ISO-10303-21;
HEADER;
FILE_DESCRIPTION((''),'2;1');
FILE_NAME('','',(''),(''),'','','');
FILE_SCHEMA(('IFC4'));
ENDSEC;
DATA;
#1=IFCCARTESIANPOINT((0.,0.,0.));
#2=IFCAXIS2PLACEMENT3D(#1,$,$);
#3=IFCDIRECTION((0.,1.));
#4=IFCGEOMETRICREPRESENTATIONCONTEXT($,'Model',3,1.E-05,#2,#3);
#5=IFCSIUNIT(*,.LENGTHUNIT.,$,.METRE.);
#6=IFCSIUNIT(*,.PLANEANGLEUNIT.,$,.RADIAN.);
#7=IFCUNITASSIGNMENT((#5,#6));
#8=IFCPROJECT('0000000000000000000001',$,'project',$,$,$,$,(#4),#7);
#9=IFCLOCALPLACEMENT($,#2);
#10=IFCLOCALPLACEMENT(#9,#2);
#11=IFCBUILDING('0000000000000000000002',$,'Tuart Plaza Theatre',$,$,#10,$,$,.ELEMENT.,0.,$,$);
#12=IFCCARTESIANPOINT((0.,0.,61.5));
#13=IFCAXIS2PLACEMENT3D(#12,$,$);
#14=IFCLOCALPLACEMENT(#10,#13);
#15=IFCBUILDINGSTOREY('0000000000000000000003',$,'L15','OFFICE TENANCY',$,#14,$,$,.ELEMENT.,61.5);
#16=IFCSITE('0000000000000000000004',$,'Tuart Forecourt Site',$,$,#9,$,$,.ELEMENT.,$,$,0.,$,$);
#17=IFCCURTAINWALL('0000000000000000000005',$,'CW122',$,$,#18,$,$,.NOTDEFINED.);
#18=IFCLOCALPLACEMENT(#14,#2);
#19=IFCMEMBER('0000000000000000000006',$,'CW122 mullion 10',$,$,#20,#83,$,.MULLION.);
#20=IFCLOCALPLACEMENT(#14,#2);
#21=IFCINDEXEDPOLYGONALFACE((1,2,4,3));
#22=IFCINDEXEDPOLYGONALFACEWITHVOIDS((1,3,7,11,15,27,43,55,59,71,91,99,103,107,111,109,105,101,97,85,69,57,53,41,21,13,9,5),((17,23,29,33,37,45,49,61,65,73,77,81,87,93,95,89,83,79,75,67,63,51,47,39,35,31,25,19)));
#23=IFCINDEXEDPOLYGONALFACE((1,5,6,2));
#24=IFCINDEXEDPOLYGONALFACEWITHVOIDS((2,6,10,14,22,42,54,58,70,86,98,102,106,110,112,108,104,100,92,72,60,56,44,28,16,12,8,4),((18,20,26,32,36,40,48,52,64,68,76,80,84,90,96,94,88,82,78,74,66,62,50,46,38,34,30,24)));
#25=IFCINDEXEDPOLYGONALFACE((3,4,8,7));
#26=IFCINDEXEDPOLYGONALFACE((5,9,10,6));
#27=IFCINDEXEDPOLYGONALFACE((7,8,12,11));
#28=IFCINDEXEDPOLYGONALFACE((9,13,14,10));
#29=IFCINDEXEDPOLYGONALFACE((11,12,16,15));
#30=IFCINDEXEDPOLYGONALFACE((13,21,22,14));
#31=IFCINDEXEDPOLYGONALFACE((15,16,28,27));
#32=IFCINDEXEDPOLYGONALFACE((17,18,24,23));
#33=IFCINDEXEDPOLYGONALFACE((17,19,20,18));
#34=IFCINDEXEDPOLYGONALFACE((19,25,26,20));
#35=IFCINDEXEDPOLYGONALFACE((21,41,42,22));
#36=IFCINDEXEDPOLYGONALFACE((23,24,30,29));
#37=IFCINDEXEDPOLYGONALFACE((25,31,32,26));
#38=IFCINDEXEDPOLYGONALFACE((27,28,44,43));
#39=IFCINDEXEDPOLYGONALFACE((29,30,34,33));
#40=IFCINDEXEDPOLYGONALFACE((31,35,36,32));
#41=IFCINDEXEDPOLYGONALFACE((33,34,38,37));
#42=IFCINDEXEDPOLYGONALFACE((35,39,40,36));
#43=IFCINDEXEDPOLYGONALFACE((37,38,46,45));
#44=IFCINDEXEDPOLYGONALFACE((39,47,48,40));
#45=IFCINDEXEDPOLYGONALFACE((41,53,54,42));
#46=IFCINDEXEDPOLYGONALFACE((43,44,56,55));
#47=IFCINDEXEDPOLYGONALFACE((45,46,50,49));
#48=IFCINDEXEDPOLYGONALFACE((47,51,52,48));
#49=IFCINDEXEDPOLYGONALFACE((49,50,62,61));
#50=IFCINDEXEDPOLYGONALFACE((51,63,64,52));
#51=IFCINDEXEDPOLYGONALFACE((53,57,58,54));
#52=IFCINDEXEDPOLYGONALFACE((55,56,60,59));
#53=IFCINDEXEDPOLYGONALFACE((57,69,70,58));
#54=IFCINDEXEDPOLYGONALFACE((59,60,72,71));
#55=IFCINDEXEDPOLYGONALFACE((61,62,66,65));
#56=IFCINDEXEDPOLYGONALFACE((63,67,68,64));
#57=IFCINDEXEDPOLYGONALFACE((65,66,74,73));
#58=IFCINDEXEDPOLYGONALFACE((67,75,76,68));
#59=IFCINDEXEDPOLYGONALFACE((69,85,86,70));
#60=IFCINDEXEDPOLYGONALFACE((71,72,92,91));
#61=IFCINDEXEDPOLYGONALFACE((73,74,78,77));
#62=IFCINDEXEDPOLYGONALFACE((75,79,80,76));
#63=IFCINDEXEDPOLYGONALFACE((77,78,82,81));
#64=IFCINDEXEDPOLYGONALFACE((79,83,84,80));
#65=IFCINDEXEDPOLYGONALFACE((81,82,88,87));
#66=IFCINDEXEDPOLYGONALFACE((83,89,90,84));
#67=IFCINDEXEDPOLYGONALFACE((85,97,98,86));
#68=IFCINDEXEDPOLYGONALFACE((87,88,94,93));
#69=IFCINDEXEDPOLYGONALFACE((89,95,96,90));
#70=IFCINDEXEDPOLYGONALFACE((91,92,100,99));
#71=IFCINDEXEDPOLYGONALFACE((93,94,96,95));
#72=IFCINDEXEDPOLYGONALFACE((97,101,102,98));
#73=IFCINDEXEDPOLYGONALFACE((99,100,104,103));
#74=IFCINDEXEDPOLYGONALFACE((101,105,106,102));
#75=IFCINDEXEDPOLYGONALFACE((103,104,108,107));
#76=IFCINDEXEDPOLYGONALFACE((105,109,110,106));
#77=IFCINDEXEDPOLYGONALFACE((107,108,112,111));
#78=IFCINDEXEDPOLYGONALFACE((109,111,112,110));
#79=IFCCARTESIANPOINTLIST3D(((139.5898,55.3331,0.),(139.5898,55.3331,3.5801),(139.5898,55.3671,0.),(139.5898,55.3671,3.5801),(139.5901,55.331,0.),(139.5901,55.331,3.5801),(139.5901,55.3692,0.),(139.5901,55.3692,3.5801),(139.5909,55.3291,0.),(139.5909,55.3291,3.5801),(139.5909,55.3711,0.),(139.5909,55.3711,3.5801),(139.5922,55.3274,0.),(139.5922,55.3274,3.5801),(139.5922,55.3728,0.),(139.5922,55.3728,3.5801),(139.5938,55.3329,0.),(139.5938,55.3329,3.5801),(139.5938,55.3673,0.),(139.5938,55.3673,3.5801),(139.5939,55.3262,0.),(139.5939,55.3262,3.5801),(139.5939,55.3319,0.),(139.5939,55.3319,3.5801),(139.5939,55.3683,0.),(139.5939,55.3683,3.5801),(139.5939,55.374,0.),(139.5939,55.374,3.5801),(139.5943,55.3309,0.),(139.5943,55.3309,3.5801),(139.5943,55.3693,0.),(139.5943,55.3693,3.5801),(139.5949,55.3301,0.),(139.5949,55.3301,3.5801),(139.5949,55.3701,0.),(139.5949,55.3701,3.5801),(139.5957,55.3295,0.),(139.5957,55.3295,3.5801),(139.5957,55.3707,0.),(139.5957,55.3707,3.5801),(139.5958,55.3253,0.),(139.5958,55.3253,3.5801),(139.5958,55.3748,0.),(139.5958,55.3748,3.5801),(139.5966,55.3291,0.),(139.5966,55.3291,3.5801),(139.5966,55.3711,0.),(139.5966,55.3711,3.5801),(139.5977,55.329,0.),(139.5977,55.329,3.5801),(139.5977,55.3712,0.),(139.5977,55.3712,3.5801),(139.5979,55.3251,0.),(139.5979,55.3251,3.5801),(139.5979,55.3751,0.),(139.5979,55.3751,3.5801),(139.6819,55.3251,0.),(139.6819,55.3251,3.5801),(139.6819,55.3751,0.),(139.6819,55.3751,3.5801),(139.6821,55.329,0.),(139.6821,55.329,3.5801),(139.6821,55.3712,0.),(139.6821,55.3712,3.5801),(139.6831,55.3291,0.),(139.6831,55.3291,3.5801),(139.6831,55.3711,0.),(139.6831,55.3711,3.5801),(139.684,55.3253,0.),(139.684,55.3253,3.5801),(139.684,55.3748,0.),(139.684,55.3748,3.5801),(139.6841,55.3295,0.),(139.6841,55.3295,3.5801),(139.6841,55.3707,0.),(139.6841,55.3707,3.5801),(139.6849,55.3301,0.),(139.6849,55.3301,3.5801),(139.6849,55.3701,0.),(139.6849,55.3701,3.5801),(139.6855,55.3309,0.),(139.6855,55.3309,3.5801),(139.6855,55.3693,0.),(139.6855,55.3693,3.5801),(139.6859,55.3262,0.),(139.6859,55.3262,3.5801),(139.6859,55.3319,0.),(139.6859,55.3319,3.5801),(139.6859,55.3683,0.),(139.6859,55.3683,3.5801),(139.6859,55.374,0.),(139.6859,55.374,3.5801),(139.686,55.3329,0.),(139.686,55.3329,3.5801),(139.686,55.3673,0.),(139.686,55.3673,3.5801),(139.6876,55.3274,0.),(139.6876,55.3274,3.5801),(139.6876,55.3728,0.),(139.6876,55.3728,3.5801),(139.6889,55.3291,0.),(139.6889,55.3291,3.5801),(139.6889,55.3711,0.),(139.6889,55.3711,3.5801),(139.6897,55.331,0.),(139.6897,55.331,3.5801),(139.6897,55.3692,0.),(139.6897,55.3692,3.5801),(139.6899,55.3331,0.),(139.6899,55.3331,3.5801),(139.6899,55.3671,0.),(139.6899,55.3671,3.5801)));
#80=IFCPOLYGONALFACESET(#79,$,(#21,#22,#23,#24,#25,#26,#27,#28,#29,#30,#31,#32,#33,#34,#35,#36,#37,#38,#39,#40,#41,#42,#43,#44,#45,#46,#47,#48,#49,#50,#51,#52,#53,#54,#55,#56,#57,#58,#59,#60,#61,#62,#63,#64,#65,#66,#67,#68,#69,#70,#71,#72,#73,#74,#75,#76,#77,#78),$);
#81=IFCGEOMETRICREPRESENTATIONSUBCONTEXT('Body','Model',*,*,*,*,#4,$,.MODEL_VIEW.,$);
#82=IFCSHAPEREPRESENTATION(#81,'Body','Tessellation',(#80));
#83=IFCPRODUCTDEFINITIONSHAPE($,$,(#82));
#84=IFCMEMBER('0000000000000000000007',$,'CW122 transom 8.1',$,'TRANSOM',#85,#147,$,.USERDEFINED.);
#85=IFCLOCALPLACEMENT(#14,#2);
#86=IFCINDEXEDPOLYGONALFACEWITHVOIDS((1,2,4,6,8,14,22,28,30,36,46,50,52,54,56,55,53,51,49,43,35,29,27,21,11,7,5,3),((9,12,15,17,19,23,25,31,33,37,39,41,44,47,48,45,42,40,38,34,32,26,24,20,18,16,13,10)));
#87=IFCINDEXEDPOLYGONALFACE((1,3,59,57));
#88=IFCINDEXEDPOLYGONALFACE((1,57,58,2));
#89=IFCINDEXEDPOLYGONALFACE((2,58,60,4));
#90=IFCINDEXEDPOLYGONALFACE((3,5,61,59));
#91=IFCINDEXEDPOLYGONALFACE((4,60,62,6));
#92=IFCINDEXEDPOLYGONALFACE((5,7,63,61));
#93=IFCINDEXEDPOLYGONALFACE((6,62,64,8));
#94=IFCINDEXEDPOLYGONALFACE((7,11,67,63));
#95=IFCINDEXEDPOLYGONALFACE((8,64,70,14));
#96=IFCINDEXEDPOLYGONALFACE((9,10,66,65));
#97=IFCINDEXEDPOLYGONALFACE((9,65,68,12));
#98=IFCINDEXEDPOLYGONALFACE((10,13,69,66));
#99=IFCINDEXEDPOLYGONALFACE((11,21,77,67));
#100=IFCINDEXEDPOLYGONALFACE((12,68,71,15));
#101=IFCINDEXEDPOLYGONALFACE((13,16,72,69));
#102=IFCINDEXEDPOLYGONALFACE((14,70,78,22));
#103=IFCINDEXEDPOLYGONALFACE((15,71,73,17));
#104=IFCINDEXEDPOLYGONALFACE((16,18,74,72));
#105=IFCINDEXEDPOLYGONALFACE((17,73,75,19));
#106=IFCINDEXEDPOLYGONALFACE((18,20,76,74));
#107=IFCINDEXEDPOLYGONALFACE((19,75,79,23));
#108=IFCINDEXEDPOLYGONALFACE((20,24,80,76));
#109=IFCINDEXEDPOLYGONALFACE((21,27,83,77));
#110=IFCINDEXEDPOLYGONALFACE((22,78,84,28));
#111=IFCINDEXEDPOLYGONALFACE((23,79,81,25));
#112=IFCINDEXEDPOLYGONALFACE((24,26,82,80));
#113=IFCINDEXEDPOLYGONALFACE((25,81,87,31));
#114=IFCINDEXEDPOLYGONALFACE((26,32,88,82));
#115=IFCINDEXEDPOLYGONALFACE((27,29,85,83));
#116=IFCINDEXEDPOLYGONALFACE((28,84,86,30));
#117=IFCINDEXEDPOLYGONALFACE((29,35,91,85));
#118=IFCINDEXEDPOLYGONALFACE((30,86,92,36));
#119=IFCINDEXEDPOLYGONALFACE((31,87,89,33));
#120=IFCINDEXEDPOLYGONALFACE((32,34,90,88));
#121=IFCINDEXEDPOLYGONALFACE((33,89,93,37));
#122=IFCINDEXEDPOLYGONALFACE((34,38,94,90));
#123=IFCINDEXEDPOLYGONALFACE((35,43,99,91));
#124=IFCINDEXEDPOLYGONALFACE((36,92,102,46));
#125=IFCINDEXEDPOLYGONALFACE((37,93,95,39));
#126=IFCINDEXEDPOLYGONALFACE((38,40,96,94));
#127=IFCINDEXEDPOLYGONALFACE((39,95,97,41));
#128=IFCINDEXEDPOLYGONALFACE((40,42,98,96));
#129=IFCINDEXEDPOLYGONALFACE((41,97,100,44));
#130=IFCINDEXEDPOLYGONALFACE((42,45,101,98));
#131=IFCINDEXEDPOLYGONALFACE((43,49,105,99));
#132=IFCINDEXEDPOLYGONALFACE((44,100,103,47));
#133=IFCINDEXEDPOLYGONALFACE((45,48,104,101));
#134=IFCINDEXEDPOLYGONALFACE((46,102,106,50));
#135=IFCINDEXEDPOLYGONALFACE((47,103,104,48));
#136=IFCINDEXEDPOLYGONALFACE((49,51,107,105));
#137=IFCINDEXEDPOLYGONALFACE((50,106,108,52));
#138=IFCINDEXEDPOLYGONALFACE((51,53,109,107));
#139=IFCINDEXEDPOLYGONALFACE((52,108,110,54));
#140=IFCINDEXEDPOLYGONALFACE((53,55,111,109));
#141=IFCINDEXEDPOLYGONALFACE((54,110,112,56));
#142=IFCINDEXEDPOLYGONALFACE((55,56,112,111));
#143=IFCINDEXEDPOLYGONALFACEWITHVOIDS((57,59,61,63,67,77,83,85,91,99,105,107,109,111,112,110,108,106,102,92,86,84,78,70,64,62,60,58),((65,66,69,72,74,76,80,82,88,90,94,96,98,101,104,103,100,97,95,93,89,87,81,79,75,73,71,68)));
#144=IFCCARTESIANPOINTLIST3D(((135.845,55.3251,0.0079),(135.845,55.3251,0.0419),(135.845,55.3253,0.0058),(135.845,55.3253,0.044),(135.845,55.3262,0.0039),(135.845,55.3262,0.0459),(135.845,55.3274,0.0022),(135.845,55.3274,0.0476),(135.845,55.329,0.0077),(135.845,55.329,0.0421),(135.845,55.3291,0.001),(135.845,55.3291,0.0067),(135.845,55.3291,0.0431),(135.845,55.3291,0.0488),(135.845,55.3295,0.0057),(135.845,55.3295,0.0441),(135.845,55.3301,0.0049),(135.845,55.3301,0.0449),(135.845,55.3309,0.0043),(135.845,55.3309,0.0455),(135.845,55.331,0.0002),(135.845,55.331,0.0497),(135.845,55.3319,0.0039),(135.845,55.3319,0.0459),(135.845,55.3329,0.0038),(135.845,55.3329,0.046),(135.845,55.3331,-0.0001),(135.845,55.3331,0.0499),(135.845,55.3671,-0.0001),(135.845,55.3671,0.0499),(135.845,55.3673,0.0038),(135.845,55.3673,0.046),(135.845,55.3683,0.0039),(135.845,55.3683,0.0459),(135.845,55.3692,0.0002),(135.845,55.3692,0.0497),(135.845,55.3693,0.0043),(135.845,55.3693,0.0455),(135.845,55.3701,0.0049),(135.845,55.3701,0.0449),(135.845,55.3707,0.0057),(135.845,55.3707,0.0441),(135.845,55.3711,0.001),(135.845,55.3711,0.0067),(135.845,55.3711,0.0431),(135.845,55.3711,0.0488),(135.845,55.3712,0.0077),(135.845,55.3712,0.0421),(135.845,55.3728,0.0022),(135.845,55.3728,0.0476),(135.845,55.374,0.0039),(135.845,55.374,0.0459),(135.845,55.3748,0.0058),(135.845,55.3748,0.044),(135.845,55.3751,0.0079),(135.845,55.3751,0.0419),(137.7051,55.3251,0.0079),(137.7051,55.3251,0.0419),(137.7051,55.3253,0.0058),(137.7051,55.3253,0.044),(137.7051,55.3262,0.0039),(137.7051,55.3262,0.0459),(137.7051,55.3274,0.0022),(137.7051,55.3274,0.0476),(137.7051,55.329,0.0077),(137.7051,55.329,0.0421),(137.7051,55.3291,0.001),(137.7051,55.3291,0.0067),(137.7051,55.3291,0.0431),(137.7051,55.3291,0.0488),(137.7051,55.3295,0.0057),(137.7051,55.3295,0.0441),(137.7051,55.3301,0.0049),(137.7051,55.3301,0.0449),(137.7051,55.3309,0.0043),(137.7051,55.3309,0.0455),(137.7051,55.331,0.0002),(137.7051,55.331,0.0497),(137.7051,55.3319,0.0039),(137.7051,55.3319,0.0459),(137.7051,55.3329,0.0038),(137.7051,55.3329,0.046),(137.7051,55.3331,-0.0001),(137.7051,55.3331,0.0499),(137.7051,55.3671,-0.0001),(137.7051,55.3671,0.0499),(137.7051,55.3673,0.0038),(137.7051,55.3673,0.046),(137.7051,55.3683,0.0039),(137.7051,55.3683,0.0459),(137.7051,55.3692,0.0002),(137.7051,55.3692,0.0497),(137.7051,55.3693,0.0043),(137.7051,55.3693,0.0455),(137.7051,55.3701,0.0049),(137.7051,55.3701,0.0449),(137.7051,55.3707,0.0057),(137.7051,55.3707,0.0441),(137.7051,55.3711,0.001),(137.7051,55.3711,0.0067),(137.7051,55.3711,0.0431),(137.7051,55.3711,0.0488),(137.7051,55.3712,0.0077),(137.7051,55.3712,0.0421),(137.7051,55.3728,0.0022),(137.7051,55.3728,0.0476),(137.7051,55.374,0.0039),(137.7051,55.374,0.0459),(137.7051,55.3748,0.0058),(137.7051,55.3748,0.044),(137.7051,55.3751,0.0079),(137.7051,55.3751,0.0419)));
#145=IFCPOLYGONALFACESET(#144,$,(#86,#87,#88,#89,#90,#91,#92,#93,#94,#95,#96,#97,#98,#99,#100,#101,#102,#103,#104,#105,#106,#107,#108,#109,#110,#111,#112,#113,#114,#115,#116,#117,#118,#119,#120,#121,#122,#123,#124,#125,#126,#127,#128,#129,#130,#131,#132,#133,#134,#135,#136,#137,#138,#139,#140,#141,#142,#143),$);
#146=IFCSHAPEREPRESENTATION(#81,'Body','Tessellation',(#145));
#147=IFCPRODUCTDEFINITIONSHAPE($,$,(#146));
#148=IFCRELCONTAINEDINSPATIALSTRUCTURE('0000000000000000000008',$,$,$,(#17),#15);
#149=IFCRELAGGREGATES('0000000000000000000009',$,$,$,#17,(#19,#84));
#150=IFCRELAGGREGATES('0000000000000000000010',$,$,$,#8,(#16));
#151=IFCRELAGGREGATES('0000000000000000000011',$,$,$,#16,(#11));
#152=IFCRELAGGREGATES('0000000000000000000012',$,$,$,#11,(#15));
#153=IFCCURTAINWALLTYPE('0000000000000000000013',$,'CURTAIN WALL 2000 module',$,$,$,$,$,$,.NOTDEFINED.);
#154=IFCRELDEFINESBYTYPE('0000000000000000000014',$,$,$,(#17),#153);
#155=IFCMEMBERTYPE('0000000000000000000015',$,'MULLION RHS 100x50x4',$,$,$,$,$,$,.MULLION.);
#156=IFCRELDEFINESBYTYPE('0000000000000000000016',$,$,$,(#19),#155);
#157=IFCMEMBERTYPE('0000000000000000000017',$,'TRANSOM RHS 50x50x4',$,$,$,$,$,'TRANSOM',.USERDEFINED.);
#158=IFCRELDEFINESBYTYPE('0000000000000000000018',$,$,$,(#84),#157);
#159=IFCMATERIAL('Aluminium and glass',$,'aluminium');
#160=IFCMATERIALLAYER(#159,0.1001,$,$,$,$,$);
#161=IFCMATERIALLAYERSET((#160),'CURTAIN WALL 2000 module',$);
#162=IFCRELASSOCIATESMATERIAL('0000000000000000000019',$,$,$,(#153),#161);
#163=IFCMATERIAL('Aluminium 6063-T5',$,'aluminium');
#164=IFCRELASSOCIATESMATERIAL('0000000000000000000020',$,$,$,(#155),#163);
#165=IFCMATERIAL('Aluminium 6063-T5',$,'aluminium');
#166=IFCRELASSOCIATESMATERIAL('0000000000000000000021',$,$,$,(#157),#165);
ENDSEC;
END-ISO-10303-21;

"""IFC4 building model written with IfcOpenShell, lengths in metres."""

from ifc_helpers import new_model, si_unit, direction, frame, origin, origin_2d, place, context, subcontext, project, spatial, hollow_rectangle, extrude, material, layer, layer_set, material_profile, profile_set, type_object, element, aggregate, save


model = new_model("IFC4")

# Units and contexts
model_context = context("Model", 3, precision=1e-05, world=origin(), true_north=direction((0.0, 1.0)))
body_context = subcontext(model_context, "Body", "Model", "MODEL_VIEW")
ifc_project = project(units=[si_unit("LENGTHUNIT", "METRE"), si_unit("PLANEANGLEUNIT", "RADIAN")], contexts=[model_context])

# Site, building, storey
site_placement = place(None, origin())
site = spatial("IfcSite", under=ifc_project, at=site_placement, Name="Tuart Forecourt Site", CompositionType="ELEMENT", RefElevation=0.0)
building_placement = place(site_placement, origin())
building = spatial("IfcBuilding", under=site, at=building_placement, Name="Tuart Plaza Theatre", CompositionType="ELEMENT", ElevationOfRefHeight=0.0)
storey_placement = place(building_placement, frame((0.0, 0.0, 61.5)))
storey = spatial("IfcBuildingStorey", under=building, at=storey_placement, Name="L15", Description="OFFICE TENANCY", CompositionType="ELEMENT", Elevation=61.5)

# Curtain wall, members
ifc_material_1 = material(Name="Aluminium and glass", Category="aluminium")
ifc_layer_1 = layer(ifc_material_1, 0.1001)
ifc_layer_set_1 = layer_set([ifc_layer_1], Name="CURTAIN WALL 2000 module")
curtain_wall_type = type_object("IfcCurtainWallType", Name="CURTAIN WALL 2000 module", PredefinedType="NOTDEFINED", material=ifc_layer_set_1)
curtain_wall_placement = place(storey_placement, origin())
curtain_wall = element("IfcCurtainWall", 1, at=curtain_wall_placement, inside=storey, type_object=curtain_wall_type, Name="CW122", PredefinedType="NOTDEFINED")
ifc_material_2 = material(Name="Aluminium 6063-T5", Category="aluminium")
ifc_material_profile_1 = material_profile(ifc_material_2, hollow_rectangle(XDim=0.05, YDim=0.1001, WallThickness=0.0039, InnerFilletRadius=0.0039, OuterFilletRadius=0.0081, at=origin_2d()), Name="RHS 100x50x4")
ifc_profile_set_1 = profile_set([ifc_material_profile_1], Name="Aluminium 6063-T5")
member_type_1 = type_object("IfcMemberType", Name="MULLION RHS 100x50x4", PredefinedType="MULLION", material=ifc_profile_set_1)
member_1_placement = place(storey_placement, frame((139.6399, 55.3501, 0.0), z_axis=(0.0, 0.0, 1.0), x_axis=(0.0, 1.0, 0.0)))
member_1 = element("IfcMember", 2, at=member_1_placement, type_object=member_type_1, Name="CW122 mullion 10", PredefinedType="MULLION", context=body_context, shape_type="SweptSolid", body=[
    extrude(hollow_rectangle(XDim=0.05, YDim=0.1001, WallThickness=0.0039, InnerFilletRadius=0.0039, OuterFilletRadius=0.0081, at=origin_2d()), origin(), (0.0, 0.0, 1.0), 3.5801),
])
ifc_material_3 = material(Name="Aluminium 6063-T5", Category="aluminium")
ifc_material_profile_2 = material_profile(ifc_material_3, hollow_rectangle(XDim=0.05, YDim=0.05, WallThickness=0.0039, InnerFilletRadius=0.0039, OuterFilletRadius=0.0081, at=origin_2d()), Name="RHS 50x50x4")
ifc_profile_set_2 = profile_set([ifc_material_profile_2], Name="Aluminium 6063-T5")
member_type_2 = type_object("IfcMemberType", Name="TRANSOM RHS 50x50x4", ElementType="TRANSOM", PredefinedType="USERDEFINED", material=ifc_profile_set_2)
member_2_placement = place(storey_placement, frame((135.845, 55.3501, 0.0249), z_axis=(1.0, 0.0, 0.0), x_axis=(0.0, 1.0, 0.0)))
member_2 = element("IfcMember", 3, at=member_2_placement, type_object=member_type_2, Name="CW122 transom 8.1", ObjectType="TRANSOM", PredefinedType="USERDEFINED", context=body_context, shape_type="SweptSolid", body=[
    extrude(hollow_rectangle(XDim=0.05, YDim=0.05, WallThickness=0.0039, InnerFilletRadius=0.0039, OuterFilletRadius=0.0081, at=origin_2d()), origin(), (0.0, 0.0, 1.0), 1.8601),
])
aggregate(curtain_wall, [member_1, member_2])

save(model, "model.ifc")
